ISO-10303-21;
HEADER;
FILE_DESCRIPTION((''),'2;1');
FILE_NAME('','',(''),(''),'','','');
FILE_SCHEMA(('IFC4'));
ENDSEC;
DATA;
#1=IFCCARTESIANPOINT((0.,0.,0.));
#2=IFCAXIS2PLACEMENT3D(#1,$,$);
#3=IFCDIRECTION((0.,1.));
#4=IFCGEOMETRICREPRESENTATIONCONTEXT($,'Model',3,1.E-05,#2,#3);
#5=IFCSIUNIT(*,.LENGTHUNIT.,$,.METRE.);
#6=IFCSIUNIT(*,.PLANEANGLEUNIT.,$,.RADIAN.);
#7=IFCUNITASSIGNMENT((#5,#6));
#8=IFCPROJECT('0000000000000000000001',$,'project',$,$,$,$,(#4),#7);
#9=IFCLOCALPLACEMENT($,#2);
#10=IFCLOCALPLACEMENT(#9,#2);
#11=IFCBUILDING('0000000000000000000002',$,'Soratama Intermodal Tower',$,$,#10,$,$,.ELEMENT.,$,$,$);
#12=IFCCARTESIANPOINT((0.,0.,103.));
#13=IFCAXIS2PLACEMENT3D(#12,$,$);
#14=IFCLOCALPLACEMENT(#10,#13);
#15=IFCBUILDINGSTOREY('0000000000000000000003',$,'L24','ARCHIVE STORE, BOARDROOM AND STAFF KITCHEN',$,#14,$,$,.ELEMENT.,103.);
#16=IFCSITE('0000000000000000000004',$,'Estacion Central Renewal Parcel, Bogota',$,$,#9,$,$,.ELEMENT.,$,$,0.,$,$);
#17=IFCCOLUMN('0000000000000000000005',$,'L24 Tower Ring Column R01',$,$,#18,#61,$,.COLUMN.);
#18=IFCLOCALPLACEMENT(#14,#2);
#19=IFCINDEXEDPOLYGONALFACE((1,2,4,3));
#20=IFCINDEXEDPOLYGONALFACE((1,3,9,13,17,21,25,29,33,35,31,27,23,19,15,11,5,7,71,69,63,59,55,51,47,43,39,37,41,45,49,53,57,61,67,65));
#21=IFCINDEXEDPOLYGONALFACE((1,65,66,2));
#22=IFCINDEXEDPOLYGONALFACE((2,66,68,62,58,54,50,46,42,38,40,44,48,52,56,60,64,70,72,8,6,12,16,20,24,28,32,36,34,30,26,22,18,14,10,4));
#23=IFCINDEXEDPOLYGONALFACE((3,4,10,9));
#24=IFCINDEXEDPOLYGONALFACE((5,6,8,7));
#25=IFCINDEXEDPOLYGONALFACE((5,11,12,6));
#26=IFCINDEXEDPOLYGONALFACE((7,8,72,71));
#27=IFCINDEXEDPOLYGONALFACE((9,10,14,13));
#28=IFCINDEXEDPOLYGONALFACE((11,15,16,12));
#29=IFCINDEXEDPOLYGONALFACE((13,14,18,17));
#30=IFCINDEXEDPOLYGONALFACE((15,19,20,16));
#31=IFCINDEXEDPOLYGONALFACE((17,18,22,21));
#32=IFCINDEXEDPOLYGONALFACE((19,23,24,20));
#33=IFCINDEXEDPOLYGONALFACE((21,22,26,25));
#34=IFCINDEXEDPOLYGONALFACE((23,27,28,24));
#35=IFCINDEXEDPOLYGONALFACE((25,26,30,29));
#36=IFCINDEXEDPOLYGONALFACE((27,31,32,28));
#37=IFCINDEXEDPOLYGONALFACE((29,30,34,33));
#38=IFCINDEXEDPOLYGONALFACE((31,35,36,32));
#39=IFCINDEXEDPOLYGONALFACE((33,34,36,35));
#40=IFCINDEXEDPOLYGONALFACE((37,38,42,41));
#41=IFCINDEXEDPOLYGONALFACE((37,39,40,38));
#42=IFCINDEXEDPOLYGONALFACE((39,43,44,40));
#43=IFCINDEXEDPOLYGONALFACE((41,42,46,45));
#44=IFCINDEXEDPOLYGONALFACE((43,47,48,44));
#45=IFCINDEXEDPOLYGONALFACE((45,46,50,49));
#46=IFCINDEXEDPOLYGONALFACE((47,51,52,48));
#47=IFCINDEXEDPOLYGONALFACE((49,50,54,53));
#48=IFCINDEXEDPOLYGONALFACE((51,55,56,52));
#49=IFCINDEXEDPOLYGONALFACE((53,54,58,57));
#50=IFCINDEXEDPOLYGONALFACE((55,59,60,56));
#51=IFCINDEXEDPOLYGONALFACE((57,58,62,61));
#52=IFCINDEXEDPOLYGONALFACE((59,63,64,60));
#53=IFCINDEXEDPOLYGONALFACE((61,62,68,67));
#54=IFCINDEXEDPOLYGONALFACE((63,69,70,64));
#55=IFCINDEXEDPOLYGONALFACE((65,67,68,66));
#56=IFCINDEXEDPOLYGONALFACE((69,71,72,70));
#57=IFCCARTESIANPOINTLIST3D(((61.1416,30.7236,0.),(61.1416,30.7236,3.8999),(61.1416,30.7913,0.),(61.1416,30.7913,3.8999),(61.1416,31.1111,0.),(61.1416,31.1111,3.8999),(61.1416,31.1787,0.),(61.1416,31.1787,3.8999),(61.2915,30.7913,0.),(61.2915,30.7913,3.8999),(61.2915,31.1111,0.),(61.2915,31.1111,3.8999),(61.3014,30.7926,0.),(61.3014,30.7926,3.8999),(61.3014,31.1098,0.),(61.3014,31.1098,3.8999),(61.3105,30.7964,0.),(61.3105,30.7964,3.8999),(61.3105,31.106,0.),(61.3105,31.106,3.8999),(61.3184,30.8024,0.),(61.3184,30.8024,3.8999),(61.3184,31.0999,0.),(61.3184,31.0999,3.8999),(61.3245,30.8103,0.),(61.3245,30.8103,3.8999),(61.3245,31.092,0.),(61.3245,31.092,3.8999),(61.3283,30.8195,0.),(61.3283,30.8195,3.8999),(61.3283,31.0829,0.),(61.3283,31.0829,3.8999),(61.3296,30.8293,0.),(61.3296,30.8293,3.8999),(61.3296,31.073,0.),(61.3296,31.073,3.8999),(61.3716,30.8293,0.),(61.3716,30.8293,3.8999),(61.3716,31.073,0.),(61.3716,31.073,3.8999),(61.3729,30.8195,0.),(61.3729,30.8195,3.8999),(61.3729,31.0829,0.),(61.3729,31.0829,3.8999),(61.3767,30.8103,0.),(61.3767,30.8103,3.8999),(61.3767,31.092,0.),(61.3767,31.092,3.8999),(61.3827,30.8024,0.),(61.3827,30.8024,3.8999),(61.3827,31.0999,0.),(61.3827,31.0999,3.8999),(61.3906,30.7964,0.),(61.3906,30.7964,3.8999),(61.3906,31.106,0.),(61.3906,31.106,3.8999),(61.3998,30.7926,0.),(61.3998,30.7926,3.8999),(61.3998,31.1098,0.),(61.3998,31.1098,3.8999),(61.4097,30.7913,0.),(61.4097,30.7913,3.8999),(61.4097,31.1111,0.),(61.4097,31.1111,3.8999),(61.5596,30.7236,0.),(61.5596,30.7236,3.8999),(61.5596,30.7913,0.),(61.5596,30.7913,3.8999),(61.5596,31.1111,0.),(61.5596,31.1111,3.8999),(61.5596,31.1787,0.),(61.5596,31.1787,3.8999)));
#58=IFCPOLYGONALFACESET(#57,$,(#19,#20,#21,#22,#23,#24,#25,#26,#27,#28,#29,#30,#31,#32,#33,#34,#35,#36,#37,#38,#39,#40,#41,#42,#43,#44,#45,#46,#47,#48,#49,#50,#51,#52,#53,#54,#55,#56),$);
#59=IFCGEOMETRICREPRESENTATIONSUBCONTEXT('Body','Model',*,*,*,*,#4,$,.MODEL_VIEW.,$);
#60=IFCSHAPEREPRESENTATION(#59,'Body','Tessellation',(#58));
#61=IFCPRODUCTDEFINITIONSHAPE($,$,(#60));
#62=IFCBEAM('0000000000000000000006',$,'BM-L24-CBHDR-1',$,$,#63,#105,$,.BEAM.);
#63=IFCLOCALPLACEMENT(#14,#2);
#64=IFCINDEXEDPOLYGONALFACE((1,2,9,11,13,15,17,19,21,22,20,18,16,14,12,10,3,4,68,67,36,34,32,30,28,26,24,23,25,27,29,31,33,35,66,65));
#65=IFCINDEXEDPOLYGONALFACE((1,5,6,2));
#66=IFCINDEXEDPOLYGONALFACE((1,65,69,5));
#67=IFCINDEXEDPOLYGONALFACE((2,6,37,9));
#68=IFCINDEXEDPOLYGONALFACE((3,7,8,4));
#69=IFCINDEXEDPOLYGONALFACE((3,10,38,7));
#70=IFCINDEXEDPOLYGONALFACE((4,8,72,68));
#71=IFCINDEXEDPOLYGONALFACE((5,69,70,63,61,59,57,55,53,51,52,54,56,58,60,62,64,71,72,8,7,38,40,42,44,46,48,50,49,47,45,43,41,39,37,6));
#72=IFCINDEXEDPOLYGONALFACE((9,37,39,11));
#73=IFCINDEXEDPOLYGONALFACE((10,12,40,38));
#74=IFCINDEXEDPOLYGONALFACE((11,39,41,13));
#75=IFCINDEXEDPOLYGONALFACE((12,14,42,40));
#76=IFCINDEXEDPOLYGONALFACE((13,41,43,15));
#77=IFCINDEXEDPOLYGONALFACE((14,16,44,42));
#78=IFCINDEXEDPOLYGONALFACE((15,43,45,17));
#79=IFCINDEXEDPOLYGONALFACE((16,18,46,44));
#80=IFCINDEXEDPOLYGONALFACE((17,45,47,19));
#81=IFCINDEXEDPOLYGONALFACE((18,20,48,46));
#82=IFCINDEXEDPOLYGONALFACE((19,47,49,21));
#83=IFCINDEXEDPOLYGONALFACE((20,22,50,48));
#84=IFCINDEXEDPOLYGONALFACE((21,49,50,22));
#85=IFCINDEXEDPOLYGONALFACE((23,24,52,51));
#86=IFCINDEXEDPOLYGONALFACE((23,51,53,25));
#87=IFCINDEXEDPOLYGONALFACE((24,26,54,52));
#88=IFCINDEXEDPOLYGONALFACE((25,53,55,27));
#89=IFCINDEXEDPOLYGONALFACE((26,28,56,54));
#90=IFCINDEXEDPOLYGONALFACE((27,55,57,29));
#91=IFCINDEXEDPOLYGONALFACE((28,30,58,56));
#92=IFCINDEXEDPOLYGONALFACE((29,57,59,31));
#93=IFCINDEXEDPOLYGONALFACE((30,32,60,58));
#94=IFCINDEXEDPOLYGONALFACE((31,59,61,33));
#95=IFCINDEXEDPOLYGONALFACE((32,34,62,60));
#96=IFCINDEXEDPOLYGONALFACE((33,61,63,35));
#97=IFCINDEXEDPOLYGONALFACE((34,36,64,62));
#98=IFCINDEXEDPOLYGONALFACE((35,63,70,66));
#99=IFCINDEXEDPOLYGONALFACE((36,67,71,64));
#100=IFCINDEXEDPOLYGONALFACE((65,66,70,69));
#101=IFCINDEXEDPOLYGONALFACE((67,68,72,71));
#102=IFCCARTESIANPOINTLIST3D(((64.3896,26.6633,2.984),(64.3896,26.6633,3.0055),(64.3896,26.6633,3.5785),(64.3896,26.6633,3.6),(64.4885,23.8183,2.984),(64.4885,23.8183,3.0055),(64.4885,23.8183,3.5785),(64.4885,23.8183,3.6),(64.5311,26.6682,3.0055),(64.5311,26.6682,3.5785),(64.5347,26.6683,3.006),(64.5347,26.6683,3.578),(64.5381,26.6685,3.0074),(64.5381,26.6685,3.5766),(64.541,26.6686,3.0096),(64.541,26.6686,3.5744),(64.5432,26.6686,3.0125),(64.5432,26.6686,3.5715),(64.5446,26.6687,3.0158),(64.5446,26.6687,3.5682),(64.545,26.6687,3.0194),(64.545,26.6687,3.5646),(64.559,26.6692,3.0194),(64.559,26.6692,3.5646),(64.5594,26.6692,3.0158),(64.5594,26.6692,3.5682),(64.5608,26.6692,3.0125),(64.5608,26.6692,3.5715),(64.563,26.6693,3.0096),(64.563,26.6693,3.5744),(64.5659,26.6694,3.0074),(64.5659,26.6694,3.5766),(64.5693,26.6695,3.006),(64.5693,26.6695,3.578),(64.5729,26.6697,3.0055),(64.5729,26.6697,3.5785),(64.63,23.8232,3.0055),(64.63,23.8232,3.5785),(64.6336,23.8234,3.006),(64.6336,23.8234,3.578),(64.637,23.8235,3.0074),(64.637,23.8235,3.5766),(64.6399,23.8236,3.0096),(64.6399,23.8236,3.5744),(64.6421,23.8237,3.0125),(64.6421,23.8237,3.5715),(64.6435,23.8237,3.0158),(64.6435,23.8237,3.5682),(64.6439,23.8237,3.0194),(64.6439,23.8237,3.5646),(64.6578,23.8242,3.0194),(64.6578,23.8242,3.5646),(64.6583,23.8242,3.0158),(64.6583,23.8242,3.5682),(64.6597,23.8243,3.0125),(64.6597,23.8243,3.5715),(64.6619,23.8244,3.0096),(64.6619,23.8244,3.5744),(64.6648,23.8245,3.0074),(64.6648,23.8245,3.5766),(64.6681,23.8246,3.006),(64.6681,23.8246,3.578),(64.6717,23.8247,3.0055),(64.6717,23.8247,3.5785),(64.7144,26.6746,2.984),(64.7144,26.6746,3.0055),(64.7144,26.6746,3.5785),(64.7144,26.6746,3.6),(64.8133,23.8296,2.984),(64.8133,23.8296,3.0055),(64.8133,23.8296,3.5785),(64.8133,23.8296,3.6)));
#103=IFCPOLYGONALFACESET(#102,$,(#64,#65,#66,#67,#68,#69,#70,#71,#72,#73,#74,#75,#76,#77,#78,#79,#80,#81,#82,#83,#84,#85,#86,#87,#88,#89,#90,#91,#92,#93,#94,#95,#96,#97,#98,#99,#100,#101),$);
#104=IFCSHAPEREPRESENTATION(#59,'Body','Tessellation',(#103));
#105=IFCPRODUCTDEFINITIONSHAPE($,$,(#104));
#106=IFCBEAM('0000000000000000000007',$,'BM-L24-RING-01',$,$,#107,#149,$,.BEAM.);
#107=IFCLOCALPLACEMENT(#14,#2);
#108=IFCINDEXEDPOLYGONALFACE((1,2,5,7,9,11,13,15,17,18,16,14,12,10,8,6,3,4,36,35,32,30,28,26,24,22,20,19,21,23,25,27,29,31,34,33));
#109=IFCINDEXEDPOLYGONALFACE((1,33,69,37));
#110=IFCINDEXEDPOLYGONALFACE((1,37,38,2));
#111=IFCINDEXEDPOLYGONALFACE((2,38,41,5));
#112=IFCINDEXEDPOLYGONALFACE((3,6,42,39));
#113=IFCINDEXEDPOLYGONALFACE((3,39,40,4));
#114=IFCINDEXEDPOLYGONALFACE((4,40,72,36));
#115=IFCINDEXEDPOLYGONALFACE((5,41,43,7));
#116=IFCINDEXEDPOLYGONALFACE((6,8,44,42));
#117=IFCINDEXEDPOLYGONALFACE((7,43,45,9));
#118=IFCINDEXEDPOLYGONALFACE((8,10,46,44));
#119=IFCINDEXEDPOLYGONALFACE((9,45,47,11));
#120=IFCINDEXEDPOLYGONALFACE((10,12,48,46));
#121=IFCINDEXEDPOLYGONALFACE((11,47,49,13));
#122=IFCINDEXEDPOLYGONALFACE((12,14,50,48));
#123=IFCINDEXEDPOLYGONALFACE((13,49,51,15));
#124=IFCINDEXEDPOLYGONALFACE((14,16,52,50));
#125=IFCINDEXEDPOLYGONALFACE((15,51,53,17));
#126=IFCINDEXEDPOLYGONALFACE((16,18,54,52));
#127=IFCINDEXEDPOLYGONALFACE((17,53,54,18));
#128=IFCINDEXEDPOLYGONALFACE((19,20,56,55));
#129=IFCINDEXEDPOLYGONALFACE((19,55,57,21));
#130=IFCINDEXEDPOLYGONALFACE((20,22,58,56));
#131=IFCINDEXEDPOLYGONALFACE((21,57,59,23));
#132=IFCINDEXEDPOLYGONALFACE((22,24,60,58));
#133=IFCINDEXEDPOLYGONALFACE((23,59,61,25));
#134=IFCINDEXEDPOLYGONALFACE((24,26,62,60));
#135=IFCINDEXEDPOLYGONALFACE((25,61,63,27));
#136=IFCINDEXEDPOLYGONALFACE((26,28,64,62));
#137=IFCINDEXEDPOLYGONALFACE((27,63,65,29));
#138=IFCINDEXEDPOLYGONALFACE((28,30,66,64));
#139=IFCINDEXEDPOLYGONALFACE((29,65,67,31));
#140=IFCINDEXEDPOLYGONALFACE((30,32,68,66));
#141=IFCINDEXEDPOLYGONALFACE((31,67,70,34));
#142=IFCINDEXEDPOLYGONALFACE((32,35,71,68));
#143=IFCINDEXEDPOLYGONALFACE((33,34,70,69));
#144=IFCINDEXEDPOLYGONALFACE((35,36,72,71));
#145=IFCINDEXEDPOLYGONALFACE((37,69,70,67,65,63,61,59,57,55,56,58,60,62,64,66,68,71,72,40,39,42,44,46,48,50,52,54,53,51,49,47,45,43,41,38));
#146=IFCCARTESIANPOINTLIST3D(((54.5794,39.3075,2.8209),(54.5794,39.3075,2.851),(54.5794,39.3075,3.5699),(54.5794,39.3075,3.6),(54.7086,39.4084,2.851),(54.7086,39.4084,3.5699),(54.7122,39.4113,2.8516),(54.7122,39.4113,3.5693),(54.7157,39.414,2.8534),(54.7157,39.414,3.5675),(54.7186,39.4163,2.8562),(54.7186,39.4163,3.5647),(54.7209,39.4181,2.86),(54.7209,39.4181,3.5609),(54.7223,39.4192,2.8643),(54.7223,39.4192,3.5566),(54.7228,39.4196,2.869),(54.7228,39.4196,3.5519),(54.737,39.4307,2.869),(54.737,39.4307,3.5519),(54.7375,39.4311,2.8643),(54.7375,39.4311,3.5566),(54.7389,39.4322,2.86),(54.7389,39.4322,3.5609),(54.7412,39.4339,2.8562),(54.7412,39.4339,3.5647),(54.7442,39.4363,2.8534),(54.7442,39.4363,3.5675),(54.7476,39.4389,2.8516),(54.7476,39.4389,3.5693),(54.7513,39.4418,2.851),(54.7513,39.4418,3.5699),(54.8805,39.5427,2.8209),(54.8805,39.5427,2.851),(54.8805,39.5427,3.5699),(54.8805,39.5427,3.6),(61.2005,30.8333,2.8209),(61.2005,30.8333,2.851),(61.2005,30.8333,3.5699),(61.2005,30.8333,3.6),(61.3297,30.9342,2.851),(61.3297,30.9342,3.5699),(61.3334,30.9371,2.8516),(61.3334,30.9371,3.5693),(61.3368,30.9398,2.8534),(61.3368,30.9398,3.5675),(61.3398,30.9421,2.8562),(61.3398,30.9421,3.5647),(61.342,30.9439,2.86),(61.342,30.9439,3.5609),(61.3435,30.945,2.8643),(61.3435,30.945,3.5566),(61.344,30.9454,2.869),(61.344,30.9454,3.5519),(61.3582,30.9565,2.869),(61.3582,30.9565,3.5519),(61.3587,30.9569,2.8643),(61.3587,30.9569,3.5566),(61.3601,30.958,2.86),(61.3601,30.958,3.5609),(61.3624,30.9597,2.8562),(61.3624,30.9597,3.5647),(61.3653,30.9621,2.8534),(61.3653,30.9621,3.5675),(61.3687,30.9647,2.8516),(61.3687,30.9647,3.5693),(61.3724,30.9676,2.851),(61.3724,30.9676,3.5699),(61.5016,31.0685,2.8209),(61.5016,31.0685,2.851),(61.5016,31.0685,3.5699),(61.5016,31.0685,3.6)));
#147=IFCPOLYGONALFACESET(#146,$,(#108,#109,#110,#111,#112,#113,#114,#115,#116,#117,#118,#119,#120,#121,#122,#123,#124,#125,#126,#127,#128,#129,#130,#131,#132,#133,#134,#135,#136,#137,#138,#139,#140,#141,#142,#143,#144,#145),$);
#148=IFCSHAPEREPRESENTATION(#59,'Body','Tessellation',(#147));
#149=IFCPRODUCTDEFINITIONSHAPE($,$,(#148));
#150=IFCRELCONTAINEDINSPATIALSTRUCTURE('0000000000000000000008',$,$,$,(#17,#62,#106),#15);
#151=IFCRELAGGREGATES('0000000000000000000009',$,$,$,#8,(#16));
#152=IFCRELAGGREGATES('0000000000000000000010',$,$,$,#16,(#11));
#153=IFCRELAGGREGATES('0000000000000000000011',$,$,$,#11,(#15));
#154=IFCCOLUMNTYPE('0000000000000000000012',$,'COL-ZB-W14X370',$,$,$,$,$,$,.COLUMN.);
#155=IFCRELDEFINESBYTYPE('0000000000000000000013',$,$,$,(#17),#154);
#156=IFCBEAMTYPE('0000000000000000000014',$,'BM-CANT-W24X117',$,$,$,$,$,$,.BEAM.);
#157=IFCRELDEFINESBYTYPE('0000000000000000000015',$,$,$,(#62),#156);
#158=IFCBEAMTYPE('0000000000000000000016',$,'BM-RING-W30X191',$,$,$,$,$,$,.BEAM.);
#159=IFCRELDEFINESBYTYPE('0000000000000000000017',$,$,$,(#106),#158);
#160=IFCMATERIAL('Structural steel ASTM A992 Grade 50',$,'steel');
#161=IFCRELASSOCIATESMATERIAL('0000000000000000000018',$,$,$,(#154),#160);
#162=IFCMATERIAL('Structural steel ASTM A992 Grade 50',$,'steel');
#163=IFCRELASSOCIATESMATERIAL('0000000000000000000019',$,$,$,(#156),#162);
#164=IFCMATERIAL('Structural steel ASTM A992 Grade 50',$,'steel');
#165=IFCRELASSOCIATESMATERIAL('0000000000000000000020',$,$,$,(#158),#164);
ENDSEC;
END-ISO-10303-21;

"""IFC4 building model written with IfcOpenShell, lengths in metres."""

from ifc_helpers import new_model, si_unit, direction, frame, origin, origin_2d, place, context, subcontext, project, spatial, i_section, extrude, material, material_profile, profile_set, type_object, element, save


model = new_model("IFC4")

# Units and contexts
model_context = context("Model", 3, precision=1e-05, world=origin(), true_north=direction((0.0, 1.0)))
body_context = subcontext(model_context, "Body", "Model", "MODEL_VIEW")
ifc_project = project(units=[si_unit("LENGTHUNIT", "METRE"), si_unit("PLANEANGLEUNIT", "RADIAN")], contexts=[model_context])

# Site, building, storey
site_placement = place(None, origin())
site = spatial("IfcSite", under=ifc_project, at=site_placement, Name="Estacion Central Renewal Parcel, Bogota", CompositionType="ELEMENT", RefElevation=0.0)
building_placement = place(site_placement, origin())
building = spatial("IfcBuilding", under=site, at=building_placement, Name="Soratama Intermodal Tower", CompositionType="ELEMENT")
storey_placement = place(building_placement, frame((0.0, 0.0, 103.0)))
storey = spatial("IfcBuildingStorey", under=building, at=storey_placement, Name="L24", Description="ARCHIVE STORE, BOARDROOM AND STAFF KITCHEN", CompositionType="ELEMENT", Elevation=103.0)

# Column
ifc_material_1 = material(Name="Structural steel ASTM A992 Grade 50", Category="steel")
ifc_material_profile_1 = material_profile(ifc_material_1, i_section(OverallWidth=0.418, OverallDepth=0.4551, WebThickness=0.042, FlangeThickness=0.0676, FilletRadius=0.0381, at=origin_2d()), Name="W14X370")
ifc_profile_set_1 = profile_set([ifc_material_profile_1], Name="Structural steel ASTM A992 Grade 50")
column_type = type_object("IfcColumnType", Name="COL-ZB-W14X370", PredefinedType="COLUMN", material=ifc_profile_set_1)
column_placement = place(storey_placement, frame((61.3506, 30.9512, 0.0), z_axis=(0.0, 0.0, 1.0), x_axis=(1.0, 0.0, 0.0)))
element("IfcColumn", 1, at=column_placement, inside=storey, type_object=column_type, Name="L24 Tower Ring Column R01", PredefinedType="COLUMN", context=body_context, shape_type="SweptSolid", body=[
    extrude(i_section(OverallWidth=0.418, OverallDepth=0.4551, WebThickness=0.042, FlangeThickness=0.0676, FilletRadius=0.0381, at=origin_2d()), origin(), (0.0, 0.0, 1.0), 3.8999),
])

# Beams
ifc_material_2 = material(Name="Structural steel ASTM A992 Grade 50", Category="steel")
ifc_material_profile_2 = material_profile(ifc_material_2, i_section(OverallWidth=0.325, OverallDepth=0.616, WebThickness=0.0139, FlangeThickness=0.0215, FilletRadius=0.0139, at=origin_2d()), Name="W24X117")
ifc_profile_set_2 = profile_set([ifc_material_profile_2], Name="Structural steel ASTM A992 Grade 50")
beam_type_1 = type_object("IfcBeamType", Name="BM-CANT-W24X117", PredefinedType="BEAM", material=ifc_profile_set_2)
beam_1_placement = place(storey_placement, frame((64.6509, 23.824, 3.292), z_axis=(-0.034734, 0.999397, 0.0), x_axis=(-0.999397, -0.034734, 0.0)))
element("IfcBeam", 2, at=beam_1_placement, inside=storey, type_object=beam_type_1, Name="BM-L24-CBHDR-1", PredefinedType="BEAM", context=body_context, shape_type="SweptSolid", body=[
    extrude(i_section(OverallWidth=0.325, OverallDepth=0.616, WebThickness=0.0139, FlangeThickness=0.0215, FilletRadius=0.0139, at=origin_2d()), origin(), (0.0, 0.0, 1.0), 2.8467),
])
ifc_material_3 = material(Name="Structural steel ASTM A992 Grade 50", Category="steel")
ifc_material_profile_3 = material_profile(ifc_material_3, i_section(OverallWidth=0.3821, OverallDepth=0.7791, WebThickness=0.0181, FlangeThickness=0.03, FilletRadius=0.0181, at=origin_2d()), Name="W30X191")
ifc_profile_set_3 = profile_set([ifc_material_profile_3], Name="Structural steel ASTM A992 Grade 50")
beam_type_2 = type_object("IfcBeamType", Name="BM-RING-W30X191", PredefinedType="BEAM", material=ifc_profile_set_3)
beam_2_placement = place(storey_placement, frame((61.3511, 30.9509, 3.2104), z_axis=(-0.615684, 0.787993, 0.0), x_axis=(-0.787993, -0.615684, 0.0)))
element("IfcBeam", 3, at=beam_2_placement, inside=storey, type_object=beam_type_2, Name="BM-L24-RING-01", PredefinedType="BEAM", context=body_context, shape_type="SweptSolid", body=[
    extrude(i_section(OverallWidth=0.3821, OverallDepth=0.7791, WebThickness=0.0181, FlangeThickness=0.03, FilletRadius=0.0181, at=origin_2d()), origin(), (0.0, 0.0, 1.0), 10.7542),
])

save(model, "model.ifc")
